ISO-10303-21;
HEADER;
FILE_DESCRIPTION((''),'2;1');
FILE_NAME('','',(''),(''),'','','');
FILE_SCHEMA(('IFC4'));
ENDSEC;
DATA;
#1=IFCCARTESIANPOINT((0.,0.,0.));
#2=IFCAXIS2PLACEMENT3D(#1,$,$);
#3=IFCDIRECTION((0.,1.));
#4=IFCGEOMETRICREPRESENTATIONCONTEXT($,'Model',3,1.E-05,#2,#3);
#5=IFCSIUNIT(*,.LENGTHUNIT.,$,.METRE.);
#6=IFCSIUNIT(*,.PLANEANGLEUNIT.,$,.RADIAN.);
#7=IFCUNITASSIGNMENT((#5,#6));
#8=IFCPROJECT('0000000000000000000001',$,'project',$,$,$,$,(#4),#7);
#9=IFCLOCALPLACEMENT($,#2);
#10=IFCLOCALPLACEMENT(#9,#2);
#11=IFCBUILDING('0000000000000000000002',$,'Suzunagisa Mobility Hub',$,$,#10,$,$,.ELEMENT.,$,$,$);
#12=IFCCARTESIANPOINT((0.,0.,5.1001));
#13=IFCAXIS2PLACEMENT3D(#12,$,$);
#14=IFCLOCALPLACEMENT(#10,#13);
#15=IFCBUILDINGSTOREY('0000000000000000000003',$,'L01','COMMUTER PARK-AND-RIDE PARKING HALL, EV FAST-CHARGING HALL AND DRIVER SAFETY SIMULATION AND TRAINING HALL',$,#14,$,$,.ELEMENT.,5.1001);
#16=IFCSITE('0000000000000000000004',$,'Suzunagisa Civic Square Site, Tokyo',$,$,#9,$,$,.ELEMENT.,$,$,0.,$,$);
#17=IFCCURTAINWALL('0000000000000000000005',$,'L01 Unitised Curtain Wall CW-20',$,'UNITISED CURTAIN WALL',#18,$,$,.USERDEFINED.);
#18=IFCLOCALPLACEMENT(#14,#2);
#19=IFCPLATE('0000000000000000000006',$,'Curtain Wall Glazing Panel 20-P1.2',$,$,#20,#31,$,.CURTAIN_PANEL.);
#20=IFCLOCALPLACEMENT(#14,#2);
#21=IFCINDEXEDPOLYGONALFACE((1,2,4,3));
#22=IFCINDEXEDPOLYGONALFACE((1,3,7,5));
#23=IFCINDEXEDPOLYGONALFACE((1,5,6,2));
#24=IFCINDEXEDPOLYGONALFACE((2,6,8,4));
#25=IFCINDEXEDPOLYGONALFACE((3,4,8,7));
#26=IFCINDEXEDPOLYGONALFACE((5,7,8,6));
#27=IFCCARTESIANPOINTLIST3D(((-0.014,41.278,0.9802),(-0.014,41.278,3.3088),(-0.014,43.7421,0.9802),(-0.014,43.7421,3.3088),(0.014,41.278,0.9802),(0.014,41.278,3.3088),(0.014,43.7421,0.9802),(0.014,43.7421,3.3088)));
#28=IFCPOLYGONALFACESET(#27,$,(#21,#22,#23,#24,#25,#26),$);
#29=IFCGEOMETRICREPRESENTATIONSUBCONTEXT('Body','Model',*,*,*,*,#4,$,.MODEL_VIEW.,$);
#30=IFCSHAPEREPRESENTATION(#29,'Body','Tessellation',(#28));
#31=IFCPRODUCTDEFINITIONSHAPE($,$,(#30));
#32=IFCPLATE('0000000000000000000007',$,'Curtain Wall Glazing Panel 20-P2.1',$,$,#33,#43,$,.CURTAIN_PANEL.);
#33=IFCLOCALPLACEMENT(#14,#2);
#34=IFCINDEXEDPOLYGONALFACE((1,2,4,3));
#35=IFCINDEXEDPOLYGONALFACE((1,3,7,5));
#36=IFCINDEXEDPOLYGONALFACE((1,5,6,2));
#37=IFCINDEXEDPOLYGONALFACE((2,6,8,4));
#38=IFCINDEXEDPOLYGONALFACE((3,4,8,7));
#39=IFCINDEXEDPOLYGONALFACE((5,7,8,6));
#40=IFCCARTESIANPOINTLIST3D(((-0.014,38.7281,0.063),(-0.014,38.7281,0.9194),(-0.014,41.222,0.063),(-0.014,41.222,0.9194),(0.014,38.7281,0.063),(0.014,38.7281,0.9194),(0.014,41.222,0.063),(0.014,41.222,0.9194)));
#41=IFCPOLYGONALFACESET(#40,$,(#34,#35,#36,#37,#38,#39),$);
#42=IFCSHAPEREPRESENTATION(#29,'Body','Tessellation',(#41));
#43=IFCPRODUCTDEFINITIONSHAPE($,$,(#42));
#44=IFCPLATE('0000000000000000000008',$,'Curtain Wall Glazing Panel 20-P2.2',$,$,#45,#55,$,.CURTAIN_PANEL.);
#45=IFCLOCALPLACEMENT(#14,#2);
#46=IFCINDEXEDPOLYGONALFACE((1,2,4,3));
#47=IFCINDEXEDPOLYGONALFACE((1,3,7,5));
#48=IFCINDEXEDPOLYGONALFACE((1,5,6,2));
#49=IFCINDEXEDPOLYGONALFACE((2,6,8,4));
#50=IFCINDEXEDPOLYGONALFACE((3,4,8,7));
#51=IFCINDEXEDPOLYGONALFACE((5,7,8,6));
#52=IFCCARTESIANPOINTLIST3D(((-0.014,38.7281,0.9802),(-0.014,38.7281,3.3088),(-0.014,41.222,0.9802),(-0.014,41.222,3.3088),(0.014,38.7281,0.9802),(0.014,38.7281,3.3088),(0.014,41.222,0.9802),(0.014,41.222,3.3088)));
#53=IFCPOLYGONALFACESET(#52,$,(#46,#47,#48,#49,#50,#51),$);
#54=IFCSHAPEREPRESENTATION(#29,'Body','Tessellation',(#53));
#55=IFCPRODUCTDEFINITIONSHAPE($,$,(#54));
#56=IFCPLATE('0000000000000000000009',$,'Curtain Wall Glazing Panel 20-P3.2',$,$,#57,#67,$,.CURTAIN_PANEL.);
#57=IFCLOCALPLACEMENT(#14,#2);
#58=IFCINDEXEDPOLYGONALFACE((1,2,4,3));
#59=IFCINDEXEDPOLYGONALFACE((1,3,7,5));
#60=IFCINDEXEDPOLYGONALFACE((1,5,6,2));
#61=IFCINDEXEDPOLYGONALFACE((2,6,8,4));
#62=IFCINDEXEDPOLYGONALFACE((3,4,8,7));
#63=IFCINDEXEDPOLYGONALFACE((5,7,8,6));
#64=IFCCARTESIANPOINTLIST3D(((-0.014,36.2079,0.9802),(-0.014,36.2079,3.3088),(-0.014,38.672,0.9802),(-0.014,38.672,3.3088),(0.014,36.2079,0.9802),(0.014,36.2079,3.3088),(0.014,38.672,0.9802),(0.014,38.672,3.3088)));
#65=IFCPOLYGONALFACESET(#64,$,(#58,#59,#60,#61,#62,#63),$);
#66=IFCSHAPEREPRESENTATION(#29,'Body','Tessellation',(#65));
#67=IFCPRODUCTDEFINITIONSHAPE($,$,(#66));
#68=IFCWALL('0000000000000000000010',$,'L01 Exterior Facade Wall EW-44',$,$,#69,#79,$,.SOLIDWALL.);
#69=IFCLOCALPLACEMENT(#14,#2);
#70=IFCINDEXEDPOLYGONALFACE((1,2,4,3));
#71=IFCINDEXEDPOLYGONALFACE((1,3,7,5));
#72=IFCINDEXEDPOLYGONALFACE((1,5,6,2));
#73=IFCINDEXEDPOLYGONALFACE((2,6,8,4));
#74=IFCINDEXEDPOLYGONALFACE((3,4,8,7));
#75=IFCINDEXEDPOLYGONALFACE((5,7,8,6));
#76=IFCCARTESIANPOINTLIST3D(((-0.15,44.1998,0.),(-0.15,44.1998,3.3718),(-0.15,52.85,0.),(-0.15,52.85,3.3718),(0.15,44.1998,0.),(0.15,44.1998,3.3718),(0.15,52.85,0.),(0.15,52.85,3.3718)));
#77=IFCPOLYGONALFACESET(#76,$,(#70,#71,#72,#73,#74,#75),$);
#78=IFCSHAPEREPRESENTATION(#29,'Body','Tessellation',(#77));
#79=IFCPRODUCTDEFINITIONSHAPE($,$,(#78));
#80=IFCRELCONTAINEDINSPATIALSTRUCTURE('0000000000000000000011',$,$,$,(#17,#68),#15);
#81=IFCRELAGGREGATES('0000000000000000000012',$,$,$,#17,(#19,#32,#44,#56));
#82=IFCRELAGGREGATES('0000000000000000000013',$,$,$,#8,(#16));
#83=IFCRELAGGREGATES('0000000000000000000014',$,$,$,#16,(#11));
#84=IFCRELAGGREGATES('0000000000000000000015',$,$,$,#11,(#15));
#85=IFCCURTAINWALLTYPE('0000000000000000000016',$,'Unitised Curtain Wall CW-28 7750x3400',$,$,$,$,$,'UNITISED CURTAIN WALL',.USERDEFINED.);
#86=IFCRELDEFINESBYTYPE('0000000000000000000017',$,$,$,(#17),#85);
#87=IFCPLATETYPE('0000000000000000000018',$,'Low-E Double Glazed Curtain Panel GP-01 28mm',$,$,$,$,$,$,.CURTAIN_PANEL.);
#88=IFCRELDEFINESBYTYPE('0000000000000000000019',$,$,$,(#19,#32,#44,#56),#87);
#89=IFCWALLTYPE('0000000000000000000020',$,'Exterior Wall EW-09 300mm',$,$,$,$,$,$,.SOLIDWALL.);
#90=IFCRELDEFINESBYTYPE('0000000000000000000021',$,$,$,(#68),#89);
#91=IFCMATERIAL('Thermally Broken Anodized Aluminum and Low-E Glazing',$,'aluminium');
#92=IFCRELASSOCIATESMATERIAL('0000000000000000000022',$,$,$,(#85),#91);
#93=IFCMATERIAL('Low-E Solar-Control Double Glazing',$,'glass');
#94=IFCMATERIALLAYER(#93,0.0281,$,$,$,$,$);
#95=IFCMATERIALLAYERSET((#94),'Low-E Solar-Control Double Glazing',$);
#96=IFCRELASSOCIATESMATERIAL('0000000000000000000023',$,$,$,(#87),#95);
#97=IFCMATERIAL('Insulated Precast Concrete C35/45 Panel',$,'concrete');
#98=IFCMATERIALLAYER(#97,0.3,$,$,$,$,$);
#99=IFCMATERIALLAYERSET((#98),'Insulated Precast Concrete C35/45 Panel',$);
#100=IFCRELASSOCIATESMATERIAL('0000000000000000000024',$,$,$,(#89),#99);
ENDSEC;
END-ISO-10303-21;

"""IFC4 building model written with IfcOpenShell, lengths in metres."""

from ifc_helpers import new_model, si_unit, direction, frame, frame_2d, origin, origin_2d, place, context, subcontext, project, spatial, rectangle, extrude, material, layer, layer_set, type_object, element, aggregate, save


model = new_model("IFC4")

# Units and contexts
model_context = context("Model", 3, precision=1e-05, world=origin(), true_north=direction((0.0, 1.0)))
body_context = subcontext(model_context, "Body", "Model", "MODEL_VIEW")
ifc_project = project(units=[si_unit("LENGTHUNIT", "METRE"), si_unit("PLANEANGLEUNIT", "RADIAN")], contexts=[model_context])

# Site, building, storey
site_placement = place(None, origin())
site = spatial("IfcSite", under=ifc_project, at=site_placement, Name="Suzunagisa Civic Square Site, Tokyo", CompositionType="ELEMENT", RefElevation=0.0)
building_placement = place(site_placement, origin())
building = spatial("IfcBuilding", under=site, at=building_placement, Name="Suzunagisa Mobility Hub", CompositionType="ELEMENT")
storey_placement = place(building_placement, frame((0.0, 0.0, 5.1001)))
storey = spatial("IfcBuildingStorey", under=building, at=storey_placement, Name="L01", Description="COMMUTER PARK-AND-RIDE PARKING HALL, EV FAST-CHARGING HALL AND DRIVER SAFETY SIMULATION AND TRAINING HALL", CompositionType="ELEMENT", Elevation=5.1001)

# Curtain wall
ifc_material_1 = material(Name="Thermally Broken Anodized Aluminum and Low-E Glazing", Category="aluminium")
curtain_wall_type = type_object("IfcCurtainWallType", Name="Unitised Curtain Wall CW-28 7750x3400", ElementType="UNITISED CURTAIN WALL", PredefinedType="USERDEFINED", material=ifc_material_1)
curtain_wall_placement = place(storey_placement, origin())
curtain_wall = element("IfcCurtainWall", 1, at=curtain_wall_placement, inside=storey, type_object=curtain_wall_type, Name="L01 Unitised Curtain Wall CW-20", ObjectType="UNITISED CURTAIN WALL", PredefinedType="USERDEFINED")

# Plates
ifc_material_2 = material(Name="Low-E Solar-Control Double Glazing", Category="glass")
ifc_layer_1 = layer(ifc_material_2, 0.0281)
ifc_layer_set_1 = layer_set([ifc_layer_1], Name="Low-E Solar-Control Double Glazing")
plate_type = type_object("IfcPlateType", Name="Low-E Double Glazed Curtain Panel GP-01 28mm", PredefinedType="CURTAIN_PANEL", material=ifc_layer_set_1)
plate_1_placement = place(storey_placement, frame((0.0, 42.51, 0.9802), z_axis=(0.0, 0.0, 1.0), x_axis=(0.0, -1.0, 0.0)))
plate_1 = element("IfcPlate", 2, at=plate_1_placement, type_object=plate_type, Name="Curtain Wall Glazing Panel 20-P1.2", PredefinedType="CURTAIN_PANEL", context=body_context, shape_type="SweptSolid", body=[
    extrude(rectangle(XDim=2.4641, YDim=0.0281, at=origin_2d()), origin(), (0.0, 0.0, 1.0), 2.3286),
])
plate_2_placement = place(storey_placement, frame((0.0, 39.9751, 0.063), z_axis=(0.0, 0.0, 1.0), x_axis=(0.0, -1.0, 0.0)))
plate_2 = element("IfcPlate", 3, at=plate_2_placement, type_object=plate_type, Name="Curtain Wall Glazing Panel 20-P2.1", PredefinedType="CURTAIN_PANEL", context=body_context, shape_type="SweptSolid", body=[
    extrude(rectangle(XDim=2.4939, YDim=0.0281, at=origin_2d()), origin(), (0.0, 0.0, 1.0), 0.8564),
])
plate_3_placement = place(storey_placement, frame((0.0, 39.9751, 0.9802), z_axis=(0.0, 0.0, 1.0), x_axis=(0.0, -1.0, 0.0)))
plate_3 = element("IfcPlate", 4, at=plate_3_placement, type_object=plate_type, Name="Curtain Wall Glazing Panel 20-P2.2", PredefinedType="CURTAIN_PANEL", context=body_context, shape_type="SweptSolid", body=[
    extrude(rectangle(XDim=2.4939, YDim=0.0281, at=origin_2d()), origin(), (0.0, 0.0, 1.0), 2.3286),
])
plate_4_placement = place(storey_placement, frame((0.0, 37.4399, 0.9802), z_axis=(0.0, 0.0, 1.0), x_axis=(0.0, -1.0, 0.0)))
plate_4 = element("IfcPlate", 5, at=plate_4_placement, type_object=plate_type, Name="Curtain Wall Glazing Panel 20-P3.2", PredefinedType="CURTAIN_PANEL", context=body_context, shape_type="SweptSolid", body=[
    extrude(rectangle(XDim=2.4641, YDim=0.0281, at=origin_2d()), origin(), (0.0, 0.0, 1.0), 2.3286),
])
aggregate(curtain_wall, [plate_1, plate_2, plate_3, plate_4])

# Wall
ifc_material_3 = material(Name="Insulated Precast Concrete C35/45 Panel", Category="concrete")
ifc_layer_2 = layer(ifc_material_3, 0.3)
ifc_layer_set_2 = layer_set([ifc_layer_2], Name="Insulated Precast Concrete C35/45 Panel")
wall_type = type_object("IfcWallType", Name="Exterior Wall EW-09 300mm", PredefinedType="SOLIDWALL", material=ifc_layer_set_2)
wall_placement = place(storey_placement, frame((0.0, 52.8501, 0.0), z_axis=(0.0, 0.0, 1.0), x_axis=(0.0, -1.0, 0.0)))
element("IfcWall", 6, at=wall_placement, inside=storey, type_object=wall_type, Name="L01 Exterior Facade Wall EW-44", PredefinedType="SOLIDWALL", context=body_context, shape_type="SweptSolid", body=[
    extrude(rectangle(XDim=8.6501, YDim=0.3, at=frame_2d((4.3252, 0.0))), origin(), (0.0, 0.0, 1.0), 3.3718),
])

save(model, "model.ifc")
